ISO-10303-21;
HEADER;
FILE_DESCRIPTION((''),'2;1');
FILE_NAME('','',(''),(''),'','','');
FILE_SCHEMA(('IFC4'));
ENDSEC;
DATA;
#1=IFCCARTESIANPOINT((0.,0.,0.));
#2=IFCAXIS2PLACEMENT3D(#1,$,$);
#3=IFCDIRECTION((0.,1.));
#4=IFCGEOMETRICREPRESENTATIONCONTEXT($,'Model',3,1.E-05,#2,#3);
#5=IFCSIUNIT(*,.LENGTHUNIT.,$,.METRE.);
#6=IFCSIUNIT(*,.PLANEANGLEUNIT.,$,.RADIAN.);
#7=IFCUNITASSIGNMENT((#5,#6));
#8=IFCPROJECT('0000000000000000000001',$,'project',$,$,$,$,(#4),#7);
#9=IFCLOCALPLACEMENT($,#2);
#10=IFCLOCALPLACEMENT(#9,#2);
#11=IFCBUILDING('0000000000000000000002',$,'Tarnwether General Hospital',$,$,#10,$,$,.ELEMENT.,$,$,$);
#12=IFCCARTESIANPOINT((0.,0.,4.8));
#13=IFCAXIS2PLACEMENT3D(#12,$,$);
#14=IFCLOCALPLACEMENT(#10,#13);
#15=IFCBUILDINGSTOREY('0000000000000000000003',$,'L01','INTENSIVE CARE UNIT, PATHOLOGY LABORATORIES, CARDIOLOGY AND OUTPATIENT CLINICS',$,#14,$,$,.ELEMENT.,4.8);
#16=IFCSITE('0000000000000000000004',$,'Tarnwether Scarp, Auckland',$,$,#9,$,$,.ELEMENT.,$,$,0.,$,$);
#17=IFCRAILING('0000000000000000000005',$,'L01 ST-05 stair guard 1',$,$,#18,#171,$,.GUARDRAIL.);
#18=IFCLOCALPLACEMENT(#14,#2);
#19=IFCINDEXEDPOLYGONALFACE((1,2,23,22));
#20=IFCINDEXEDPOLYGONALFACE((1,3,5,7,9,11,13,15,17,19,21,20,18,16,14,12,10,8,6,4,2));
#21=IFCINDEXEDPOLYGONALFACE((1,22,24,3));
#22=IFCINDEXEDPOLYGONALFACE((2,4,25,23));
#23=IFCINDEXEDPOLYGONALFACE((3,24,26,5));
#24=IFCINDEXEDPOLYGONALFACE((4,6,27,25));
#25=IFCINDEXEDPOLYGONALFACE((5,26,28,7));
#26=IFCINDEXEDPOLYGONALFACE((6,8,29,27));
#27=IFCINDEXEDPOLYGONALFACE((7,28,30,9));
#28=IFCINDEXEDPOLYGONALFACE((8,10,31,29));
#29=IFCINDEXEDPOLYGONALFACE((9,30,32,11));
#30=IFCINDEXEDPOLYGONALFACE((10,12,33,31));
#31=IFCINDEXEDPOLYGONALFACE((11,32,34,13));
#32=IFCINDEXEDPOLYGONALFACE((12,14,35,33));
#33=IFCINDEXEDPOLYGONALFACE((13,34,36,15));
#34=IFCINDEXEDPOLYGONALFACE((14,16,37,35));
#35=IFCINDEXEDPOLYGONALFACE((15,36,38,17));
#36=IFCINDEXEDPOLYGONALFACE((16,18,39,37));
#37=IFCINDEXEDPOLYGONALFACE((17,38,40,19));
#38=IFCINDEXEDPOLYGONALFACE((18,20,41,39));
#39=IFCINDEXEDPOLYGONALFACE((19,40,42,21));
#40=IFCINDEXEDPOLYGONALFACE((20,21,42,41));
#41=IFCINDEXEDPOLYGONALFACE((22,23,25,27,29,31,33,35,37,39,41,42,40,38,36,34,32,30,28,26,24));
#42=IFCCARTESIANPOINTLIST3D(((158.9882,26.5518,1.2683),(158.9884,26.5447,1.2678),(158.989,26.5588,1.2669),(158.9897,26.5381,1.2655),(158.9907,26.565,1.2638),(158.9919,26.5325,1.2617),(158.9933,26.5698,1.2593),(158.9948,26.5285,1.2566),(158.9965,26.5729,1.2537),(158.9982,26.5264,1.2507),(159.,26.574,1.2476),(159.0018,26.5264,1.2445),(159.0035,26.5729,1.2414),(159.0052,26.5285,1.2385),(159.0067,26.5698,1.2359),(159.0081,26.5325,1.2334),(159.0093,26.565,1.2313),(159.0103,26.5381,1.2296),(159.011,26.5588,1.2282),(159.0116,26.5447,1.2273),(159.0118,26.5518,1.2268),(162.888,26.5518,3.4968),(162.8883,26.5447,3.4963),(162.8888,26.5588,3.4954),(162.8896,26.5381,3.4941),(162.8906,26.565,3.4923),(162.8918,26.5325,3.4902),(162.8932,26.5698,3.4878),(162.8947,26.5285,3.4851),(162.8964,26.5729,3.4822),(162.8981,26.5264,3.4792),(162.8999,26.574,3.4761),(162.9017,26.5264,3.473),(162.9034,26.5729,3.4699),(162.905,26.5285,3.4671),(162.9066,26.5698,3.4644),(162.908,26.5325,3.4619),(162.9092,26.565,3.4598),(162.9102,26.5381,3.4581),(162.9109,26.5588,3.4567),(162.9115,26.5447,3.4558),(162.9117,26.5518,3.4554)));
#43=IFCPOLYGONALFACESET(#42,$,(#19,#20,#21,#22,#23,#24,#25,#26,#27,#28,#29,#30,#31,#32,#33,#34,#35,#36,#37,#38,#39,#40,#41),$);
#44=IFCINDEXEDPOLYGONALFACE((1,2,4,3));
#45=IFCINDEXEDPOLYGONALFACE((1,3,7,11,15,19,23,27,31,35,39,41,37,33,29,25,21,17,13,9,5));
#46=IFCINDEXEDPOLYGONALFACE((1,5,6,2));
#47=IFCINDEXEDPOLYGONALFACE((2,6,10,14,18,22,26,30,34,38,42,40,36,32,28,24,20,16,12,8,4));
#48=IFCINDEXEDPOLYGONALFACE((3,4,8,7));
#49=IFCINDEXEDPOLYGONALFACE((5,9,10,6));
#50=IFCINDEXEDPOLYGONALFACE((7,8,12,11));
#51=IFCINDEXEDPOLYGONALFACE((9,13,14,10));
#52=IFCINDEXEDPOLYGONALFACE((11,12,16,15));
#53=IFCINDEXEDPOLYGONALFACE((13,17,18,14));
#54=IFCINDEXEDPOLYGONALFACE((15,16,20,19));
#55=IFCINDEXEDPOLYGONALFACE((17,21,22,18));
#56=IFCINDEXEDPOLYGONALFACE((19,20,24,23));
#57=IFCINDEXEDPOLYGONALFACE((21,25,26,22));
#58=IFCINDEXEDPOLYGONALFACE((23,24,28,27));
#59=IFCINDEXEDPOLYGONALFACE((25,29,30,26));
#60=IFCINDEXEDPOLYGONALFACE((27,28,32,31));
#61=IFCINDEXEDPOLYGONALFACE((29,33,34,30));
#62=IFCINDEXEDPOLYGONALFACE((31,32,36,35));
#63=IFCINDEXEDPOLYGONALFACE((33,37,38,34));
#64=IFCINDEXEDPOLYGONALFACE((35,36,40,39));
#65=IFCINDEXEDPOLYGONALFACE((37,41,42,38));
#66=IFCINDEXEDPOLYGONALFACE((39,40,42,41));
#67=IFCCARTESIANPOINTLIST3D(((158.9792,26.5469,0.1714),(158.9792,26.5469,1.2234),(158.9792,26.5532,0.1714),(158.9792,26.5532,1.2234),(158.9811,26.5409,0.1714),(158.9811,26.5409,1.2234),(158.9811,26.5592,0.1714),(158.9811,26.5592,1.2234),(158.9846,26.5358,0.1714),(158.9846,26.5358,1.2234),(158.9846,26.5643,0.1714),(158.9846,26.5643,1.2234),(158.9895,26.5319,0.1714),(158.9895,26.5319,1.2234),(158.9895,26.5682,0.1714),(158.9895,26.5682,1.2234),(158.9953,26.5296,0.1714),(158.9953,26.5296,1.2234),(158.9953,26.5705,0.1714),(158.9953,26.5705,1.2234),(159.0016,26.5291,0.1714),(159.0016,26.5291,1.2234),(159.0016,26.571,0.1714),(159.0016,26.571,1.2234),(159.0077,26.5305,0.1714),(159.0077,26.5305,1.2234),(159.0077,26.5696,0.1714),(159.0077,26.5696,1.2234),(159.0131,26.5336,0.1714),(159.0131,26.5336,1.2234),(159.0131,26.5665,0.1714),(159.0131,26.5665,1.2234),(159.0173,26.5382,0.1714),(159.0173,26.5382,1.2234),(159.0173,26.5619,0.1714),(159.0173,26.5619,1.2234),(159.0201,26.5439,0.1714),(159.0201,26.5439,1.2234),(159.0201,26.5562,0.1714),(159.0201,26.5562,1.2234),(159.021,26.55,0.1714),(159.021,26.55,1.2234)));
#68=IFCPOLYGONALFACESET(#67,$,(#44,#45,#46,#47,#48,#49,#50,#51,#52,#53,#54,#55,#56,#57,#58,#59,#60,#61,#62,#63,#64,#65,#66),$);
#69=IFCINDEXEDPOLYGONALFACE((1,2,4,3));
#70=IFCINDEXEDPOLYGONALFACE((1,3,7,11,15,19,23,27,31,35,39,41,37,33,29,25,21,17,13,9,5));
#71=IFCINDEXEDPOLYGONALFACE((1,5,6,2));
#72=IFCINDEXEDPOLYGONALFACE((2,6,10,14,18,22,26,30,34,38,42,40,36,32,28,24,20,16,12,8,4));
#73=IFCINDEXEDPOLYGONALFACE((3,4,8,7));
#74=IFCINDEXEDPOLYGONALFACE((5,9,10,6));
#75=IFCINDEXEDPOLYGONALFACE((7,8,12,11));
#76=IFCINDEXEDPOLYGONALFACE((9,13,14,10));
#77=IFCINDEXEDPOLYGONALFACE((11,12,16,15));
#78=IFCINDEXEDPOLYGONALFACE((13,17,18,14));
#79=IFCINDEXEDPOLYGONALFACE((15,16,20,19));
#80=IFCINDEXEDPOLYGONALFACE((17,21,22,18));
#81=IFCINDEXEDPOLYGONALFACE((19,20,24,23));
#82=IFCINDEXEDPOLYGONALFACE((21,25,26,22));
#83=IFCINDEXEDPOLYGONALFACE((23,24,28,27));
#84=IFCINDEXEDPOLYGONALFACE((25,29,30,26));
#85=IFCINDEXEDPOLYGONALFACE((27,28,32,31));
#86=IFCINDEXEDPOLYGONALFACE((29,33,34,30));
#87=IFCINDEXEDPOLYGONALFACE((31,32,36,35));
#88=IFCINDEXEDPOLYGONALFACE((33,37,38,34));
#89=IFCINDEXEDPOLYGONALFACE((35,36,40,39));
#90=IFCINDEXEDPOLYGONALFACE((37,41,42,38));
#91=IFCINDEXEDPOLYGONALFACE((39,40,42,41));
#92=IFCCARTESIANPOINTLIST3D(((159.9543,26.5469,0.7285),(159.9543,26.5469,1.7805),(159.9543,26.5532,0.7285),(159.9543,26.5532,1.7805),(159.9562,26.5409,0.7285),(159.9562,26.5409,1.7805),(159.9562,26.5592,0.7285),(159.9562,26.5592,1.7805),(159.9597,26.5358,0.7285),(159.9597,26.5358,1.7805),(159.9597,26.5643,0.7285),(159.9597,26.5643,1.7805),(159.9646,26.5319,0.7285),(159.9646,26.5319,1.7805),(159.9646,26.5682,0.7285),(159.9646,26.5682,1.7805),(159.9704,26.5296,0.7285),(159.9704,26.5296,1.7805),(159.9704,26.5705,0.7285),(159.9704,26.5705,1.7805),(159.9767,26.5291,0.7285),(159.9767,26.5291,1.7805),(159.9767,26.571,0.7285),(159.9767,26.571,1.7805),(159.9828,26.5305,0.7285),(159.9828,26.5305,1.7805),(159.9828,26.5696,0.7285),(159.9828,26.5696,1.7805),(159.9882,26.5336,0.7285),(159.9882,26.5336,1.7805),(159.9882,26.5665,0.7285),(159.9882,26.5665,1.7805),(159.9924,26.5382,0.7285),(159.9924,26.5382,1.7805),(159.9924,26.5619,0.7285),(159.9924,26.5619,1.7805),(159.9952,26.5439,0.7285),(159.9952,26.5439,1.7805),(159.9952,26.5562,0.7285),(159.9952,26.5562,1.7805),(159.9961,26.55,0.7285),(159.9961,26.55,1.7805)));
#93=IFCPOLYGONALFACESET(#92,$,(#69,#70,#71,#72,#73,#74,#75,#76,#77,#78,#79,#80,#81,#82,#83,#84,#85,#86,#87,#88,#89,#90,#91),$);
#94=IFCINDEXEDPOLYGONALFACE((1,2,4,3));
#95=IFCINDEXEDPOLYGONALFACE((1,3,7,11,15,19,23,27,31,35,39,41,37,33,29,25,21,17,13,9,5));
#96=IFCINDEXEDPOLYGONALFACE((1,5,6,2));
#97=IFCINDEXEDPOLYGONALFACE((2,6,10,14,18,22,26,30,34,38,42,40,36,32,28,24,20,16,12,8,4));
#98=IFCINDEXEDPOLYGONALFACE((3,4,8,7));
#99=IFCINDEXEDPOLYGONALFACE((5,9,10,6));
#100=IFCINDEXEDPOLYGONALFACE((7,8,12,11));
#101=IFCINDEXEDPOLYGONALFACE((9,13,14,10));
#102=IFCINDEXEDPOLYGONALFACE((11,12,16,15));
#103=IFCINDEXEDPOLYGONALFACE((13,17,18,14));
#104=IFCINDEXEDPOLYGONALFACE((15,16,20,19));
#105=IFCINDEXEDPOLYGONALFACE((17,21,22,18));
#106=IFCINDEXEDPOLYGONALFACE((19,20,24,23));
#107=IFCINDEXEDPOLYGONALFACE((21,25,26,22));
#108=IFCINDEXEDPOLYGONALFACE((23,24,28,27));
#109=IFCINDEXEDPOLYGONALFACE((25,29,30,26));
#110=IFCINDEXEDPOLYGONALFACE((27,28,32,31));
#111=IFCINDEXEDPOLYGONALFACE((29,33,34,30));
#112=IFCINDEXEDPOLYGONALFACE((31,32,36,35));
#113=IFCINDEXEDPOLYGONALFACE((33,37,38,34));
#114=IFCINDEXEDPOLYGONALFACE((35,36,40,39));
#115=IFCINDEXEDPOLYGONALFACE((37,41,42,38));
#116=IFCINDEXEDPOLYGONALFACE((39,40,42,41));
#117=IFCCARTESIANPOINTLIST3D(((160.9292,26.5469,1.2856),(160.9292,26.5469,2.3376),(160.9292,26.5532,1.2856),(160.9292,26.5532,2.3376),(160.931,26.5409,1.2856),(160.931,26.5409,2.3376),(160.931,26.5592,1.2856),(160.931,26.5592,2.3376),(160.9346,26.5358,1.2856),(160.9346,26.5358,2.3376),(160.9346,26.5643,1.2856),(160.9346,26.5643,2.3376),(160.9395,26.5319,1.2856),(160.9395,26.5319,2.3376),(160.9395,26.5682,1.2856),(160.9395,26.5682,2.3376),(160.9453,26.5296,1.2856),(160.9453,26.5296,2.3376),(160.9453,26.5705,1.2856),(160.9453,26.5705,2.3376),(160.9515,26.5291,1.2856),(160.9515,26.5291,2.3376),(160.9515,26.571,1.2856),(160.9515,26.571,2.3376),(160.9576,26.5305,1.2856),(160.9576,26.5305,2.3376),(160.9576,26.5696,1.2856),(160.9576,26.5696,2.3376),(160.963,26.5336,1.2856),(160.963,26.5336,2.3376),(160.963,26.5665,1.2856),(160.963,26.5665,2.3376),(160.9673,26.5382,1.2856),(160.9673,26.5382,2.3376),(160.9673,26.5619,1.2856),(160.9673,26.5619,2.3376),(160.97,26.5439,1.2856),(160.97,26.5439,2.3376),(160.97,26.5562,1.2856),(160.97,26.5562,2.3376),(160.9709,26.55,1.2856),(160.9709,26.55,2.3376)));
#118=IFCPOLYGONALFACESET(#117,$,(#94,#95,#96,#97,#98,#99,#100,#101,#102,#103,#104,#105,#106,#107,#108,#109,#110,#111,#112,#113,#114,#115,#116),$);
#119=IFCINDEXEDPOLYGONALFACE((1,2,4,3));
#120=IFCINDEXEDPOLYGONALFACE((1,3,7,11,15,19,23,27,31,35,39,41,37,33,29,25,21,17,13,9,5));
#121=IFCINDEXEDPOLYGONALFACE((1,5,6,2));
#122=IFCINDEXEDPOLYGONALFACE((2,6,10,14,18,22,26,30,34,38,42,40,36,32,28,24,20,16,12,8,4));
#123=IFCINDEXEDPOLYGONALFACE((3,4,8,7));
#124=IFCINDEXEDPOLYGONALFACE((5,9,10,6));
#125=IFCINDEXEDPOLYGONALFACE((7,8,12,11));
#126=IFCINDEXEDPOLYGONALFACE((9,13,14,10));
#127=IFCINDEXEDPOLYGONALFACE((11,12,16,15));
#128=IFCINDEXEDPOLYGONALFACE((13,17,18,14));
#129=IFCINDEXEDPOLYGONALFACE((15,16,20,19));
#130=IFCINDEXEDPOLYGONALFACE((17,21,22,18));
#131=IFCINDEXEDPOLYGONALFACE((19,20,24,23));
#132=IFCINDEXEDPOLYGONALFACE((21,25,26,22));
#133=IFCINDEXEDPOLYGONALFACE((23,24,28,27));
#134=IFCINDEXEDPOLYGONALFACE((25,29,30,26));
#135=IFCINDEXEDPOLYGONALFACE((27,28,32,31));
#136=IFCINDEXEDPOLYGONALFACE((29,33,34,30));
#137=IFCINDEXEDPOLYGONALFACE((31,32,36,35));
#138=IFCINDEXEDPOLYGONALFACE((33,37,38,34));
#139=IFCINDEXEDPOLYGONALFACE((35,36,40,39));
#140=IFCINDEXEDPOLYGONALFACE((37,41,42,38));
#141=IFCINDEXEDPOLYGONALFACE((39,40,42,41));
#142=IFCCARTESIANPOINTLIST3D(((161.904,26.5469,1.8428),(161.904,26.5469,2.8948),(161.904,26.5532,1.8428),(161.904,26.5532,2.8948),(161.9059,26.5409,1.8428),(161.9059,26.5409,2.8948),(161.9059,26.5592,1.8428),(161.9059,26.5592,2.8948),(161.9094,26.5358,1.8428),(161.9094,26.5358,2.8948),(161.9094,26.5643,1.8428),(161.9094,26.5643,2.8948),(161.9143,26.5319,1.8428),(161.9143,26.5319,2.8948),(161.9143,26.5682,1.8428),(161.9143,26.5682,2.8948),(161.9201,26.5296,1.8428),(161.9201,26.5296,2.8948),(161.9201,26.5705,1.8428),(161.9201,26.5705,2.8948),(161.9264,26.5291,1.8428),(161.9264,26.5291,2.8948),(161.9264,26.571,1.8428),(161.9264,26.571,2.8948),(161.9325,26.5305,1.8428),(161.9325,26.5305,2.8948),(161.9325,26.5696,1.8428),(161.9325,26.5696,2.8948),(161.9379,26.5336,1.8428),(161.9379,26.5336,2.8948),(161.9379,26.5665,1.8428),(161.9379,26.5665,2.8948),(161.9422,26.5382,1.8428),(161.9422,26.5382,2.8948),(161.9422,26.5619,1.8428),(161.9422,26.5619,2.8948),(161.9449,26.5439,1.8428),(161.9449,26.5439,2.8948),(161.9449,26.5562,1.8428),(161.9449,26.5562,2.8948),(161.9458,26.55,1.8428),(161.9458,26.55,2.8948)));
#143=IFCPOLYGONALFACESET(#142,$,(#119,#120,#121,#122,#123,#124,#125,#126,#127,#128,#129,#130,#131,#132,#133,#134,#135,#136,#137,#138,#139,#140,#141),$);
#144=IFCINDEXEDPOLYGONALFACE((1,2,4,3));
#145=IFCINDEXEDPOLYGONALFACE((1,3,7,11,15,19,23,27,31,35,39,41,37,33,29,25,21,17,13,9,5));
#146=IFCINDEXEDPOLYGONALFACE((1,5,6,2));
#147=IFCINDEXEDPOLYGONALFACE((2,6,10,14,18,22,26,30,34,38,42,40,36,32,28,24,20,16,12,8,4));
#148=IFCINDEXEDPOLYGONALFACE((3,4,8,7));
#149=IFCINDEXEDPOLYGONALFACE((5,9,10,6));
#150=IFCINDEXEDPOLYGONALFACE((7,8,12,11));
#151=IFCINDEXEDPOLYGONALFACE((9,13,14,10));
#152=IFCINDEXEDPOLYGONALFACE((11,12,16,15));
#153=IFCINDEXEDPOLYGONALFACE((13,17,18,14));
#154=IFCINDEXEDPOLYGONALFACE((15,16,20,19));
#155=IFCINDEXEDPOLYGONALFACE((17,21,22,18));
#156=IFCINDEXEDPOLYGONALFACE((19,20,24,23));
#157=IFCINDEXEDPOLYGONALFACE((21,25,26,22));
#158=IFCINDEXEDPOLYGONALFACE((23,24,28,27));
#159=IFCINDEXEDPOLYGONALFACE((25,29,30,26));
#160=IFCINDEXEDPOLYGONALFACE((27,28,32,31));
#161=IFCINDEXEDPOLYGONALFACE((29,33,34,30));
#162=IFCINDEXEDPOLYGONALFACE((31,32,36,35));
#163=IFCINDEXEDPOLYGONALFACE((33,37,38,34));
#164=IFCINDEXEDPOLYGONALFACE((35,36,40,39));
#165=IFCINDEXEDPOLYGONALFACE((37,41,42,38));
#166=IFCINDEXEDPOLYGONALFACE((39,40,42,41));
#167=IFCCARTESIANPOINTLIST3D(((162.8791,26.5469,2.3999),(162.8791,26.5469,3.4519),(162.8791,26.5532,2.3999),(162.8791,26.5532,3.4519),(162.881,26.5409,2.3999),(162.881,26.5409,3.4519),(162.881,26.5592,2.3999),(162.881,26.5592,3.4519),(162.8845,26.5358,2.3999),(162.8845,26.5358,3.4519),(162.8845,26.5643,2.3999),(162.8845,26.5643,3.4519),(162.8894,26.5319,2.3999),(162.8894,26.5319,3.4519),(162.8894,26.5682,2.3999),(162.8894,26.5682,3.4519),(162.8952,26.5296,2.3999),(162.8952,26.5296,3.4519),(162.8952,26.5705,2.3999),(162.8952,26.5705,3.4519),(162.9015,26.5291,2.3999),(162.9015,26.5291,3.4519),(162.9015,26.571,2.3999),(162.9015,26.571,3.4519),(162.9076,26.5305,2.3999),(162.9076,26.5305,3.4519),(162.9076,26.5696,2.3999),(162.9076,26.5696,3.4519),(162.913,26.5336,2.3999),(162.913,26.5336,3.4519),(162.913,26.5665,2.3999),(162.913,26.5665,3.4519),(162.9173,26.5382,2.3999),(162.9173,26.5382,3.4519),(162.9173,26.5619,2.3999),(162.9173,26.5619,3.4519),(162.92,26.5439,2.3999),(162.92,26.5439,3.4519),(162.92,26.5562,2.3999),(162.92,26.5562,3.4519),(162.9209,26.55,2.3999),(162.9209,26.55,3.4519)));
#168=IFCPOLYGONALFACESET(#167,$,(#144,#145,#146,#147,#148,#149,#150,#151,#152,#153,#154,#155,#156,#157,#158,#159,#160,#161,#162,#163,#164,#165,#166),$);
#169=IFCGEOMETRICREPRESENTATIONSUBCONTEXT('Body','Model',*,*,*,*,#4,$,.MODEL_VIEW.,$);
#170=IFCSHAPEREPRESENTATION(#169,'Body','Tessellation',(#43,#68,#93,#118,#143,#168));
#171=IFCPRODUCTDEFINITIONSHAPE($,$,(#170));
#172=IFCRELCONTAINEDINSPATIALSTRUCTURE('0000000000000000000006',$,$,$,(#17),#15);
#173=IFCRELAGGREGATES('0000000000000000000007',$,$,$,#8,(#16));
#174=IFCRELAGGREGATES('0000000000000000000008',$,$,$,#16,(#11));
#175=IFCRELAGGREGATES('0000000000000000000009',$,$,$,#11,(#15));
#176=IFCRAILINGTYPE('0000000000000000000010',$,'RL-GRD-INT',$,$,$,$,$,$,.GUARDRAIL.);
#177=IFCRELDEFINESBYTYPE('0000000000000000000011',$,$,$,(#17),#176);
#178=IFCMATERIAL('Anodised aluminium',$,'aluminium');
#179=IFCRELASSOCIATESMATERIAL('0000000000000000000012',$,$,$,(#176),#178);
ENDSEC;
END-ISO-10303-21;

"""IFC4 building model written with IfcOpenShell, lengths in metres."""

from ifc_helpers import new_model, si_unit, direction, frame, origin, origin_2d, place, context, subcontext, project, spatial, circle, extrude, material, type_object, element, save


model = new_model("IFC4")

# Units and contexts
model_context = context("Model", 3, precision=1e-05, world=origin(), true_north=direction((0.0, 1.0)))
body_context = subcontext(model_context, "Body", "Model", "MODEL_VIEW")
ifc_project = project(units=[si_unit("LENGTHUNIT", "METRE"), si_unit("PLANEANGLEUNIT", "RADIAN")], contexts=[model_context])

# Site, building, storey
site_placement = place(None, origin())
site = spatial("IfcSite", under=ifc_project, at=site_placement, Name="Tarnwether Scarp, Auckland", CompositionType="ELEMENT", RefElevation=0.0)
building_placement = place(site_placement, origin())
building = spatial("IfcBuilding", under=site, at=building_placement, Name="Tarnwether General Hospital", CompositionType="ELEMENT")
storey_placement = place(building_placement, frame((0.0, 0.0, 4.8)))
storey = spatial("IfcBuildingStorey", under=building, at=storey_placement, Name="L01", Description="INTENSIVE CARE UNIT, PATHOLOGY LABORATORIES, CARDIOLOGY AND OUTPATIENT CLINICS", CompositionType="ELEMENT", Elevation=4.8)

# Railing
ifc_material_1 = material(Name="Anodised aluminium", Category="aluminium")
railing_type_1 = type_object("IfcRailingType", Name="RL-GRD-INT", PredefinedType="GUARDRAIL", material=ifc_material_1)
railing_1_placement = place(storey_placement, frame((159.0, 26.55, 0.1714)))
element("IfcRailing", 1, at=railing_1_placement, inside=storey, type_object=railing_type_1, Name="L01 ST-05 stair guard 1", PredefinedType="GUARDRAIL", context=body_context, shape_type="SweptSolid", body=[
    extrude(circle(Radius=0.0239, at=origin_2d()), frame((0.0, 0.0, 1.0762), z_axis=(0.868243, 0.0, 0.496139), x_axis=(0.0, 1.0, 0.0)), (0.0, 0.0, 1.0), 4.4917),
    extrude(circle(Radius=0.021, at=origin_2d()), origin(), (0.0, 0.0, 1.0), 1.052),
    extrude(circle(Radius=0.021, at=origin_2d()), frame((0.9751, 0.0, 0.5571)), (0.0, 0.0, 1.0), 1.052),
    extrude(circle(Radius=0.021, at=origin_2d()), frame((1.95, 0.0, 1.1143)), (0.0, 0.0, 1.0), 1.052),
    extrude(circle(Radius=0.021, at=origin_2d()), frame((2.9248, 0.0, 1.6714)), (0.0, 0.0, 1.0), 1.052),
    extrude(circle(Radius=0.021, at=origin_2d()), frame((3.8999, 0.0, 2.2285)), (0.0, 0.0, 1.0), 1.052),
])

save(model, "model.ifc")
